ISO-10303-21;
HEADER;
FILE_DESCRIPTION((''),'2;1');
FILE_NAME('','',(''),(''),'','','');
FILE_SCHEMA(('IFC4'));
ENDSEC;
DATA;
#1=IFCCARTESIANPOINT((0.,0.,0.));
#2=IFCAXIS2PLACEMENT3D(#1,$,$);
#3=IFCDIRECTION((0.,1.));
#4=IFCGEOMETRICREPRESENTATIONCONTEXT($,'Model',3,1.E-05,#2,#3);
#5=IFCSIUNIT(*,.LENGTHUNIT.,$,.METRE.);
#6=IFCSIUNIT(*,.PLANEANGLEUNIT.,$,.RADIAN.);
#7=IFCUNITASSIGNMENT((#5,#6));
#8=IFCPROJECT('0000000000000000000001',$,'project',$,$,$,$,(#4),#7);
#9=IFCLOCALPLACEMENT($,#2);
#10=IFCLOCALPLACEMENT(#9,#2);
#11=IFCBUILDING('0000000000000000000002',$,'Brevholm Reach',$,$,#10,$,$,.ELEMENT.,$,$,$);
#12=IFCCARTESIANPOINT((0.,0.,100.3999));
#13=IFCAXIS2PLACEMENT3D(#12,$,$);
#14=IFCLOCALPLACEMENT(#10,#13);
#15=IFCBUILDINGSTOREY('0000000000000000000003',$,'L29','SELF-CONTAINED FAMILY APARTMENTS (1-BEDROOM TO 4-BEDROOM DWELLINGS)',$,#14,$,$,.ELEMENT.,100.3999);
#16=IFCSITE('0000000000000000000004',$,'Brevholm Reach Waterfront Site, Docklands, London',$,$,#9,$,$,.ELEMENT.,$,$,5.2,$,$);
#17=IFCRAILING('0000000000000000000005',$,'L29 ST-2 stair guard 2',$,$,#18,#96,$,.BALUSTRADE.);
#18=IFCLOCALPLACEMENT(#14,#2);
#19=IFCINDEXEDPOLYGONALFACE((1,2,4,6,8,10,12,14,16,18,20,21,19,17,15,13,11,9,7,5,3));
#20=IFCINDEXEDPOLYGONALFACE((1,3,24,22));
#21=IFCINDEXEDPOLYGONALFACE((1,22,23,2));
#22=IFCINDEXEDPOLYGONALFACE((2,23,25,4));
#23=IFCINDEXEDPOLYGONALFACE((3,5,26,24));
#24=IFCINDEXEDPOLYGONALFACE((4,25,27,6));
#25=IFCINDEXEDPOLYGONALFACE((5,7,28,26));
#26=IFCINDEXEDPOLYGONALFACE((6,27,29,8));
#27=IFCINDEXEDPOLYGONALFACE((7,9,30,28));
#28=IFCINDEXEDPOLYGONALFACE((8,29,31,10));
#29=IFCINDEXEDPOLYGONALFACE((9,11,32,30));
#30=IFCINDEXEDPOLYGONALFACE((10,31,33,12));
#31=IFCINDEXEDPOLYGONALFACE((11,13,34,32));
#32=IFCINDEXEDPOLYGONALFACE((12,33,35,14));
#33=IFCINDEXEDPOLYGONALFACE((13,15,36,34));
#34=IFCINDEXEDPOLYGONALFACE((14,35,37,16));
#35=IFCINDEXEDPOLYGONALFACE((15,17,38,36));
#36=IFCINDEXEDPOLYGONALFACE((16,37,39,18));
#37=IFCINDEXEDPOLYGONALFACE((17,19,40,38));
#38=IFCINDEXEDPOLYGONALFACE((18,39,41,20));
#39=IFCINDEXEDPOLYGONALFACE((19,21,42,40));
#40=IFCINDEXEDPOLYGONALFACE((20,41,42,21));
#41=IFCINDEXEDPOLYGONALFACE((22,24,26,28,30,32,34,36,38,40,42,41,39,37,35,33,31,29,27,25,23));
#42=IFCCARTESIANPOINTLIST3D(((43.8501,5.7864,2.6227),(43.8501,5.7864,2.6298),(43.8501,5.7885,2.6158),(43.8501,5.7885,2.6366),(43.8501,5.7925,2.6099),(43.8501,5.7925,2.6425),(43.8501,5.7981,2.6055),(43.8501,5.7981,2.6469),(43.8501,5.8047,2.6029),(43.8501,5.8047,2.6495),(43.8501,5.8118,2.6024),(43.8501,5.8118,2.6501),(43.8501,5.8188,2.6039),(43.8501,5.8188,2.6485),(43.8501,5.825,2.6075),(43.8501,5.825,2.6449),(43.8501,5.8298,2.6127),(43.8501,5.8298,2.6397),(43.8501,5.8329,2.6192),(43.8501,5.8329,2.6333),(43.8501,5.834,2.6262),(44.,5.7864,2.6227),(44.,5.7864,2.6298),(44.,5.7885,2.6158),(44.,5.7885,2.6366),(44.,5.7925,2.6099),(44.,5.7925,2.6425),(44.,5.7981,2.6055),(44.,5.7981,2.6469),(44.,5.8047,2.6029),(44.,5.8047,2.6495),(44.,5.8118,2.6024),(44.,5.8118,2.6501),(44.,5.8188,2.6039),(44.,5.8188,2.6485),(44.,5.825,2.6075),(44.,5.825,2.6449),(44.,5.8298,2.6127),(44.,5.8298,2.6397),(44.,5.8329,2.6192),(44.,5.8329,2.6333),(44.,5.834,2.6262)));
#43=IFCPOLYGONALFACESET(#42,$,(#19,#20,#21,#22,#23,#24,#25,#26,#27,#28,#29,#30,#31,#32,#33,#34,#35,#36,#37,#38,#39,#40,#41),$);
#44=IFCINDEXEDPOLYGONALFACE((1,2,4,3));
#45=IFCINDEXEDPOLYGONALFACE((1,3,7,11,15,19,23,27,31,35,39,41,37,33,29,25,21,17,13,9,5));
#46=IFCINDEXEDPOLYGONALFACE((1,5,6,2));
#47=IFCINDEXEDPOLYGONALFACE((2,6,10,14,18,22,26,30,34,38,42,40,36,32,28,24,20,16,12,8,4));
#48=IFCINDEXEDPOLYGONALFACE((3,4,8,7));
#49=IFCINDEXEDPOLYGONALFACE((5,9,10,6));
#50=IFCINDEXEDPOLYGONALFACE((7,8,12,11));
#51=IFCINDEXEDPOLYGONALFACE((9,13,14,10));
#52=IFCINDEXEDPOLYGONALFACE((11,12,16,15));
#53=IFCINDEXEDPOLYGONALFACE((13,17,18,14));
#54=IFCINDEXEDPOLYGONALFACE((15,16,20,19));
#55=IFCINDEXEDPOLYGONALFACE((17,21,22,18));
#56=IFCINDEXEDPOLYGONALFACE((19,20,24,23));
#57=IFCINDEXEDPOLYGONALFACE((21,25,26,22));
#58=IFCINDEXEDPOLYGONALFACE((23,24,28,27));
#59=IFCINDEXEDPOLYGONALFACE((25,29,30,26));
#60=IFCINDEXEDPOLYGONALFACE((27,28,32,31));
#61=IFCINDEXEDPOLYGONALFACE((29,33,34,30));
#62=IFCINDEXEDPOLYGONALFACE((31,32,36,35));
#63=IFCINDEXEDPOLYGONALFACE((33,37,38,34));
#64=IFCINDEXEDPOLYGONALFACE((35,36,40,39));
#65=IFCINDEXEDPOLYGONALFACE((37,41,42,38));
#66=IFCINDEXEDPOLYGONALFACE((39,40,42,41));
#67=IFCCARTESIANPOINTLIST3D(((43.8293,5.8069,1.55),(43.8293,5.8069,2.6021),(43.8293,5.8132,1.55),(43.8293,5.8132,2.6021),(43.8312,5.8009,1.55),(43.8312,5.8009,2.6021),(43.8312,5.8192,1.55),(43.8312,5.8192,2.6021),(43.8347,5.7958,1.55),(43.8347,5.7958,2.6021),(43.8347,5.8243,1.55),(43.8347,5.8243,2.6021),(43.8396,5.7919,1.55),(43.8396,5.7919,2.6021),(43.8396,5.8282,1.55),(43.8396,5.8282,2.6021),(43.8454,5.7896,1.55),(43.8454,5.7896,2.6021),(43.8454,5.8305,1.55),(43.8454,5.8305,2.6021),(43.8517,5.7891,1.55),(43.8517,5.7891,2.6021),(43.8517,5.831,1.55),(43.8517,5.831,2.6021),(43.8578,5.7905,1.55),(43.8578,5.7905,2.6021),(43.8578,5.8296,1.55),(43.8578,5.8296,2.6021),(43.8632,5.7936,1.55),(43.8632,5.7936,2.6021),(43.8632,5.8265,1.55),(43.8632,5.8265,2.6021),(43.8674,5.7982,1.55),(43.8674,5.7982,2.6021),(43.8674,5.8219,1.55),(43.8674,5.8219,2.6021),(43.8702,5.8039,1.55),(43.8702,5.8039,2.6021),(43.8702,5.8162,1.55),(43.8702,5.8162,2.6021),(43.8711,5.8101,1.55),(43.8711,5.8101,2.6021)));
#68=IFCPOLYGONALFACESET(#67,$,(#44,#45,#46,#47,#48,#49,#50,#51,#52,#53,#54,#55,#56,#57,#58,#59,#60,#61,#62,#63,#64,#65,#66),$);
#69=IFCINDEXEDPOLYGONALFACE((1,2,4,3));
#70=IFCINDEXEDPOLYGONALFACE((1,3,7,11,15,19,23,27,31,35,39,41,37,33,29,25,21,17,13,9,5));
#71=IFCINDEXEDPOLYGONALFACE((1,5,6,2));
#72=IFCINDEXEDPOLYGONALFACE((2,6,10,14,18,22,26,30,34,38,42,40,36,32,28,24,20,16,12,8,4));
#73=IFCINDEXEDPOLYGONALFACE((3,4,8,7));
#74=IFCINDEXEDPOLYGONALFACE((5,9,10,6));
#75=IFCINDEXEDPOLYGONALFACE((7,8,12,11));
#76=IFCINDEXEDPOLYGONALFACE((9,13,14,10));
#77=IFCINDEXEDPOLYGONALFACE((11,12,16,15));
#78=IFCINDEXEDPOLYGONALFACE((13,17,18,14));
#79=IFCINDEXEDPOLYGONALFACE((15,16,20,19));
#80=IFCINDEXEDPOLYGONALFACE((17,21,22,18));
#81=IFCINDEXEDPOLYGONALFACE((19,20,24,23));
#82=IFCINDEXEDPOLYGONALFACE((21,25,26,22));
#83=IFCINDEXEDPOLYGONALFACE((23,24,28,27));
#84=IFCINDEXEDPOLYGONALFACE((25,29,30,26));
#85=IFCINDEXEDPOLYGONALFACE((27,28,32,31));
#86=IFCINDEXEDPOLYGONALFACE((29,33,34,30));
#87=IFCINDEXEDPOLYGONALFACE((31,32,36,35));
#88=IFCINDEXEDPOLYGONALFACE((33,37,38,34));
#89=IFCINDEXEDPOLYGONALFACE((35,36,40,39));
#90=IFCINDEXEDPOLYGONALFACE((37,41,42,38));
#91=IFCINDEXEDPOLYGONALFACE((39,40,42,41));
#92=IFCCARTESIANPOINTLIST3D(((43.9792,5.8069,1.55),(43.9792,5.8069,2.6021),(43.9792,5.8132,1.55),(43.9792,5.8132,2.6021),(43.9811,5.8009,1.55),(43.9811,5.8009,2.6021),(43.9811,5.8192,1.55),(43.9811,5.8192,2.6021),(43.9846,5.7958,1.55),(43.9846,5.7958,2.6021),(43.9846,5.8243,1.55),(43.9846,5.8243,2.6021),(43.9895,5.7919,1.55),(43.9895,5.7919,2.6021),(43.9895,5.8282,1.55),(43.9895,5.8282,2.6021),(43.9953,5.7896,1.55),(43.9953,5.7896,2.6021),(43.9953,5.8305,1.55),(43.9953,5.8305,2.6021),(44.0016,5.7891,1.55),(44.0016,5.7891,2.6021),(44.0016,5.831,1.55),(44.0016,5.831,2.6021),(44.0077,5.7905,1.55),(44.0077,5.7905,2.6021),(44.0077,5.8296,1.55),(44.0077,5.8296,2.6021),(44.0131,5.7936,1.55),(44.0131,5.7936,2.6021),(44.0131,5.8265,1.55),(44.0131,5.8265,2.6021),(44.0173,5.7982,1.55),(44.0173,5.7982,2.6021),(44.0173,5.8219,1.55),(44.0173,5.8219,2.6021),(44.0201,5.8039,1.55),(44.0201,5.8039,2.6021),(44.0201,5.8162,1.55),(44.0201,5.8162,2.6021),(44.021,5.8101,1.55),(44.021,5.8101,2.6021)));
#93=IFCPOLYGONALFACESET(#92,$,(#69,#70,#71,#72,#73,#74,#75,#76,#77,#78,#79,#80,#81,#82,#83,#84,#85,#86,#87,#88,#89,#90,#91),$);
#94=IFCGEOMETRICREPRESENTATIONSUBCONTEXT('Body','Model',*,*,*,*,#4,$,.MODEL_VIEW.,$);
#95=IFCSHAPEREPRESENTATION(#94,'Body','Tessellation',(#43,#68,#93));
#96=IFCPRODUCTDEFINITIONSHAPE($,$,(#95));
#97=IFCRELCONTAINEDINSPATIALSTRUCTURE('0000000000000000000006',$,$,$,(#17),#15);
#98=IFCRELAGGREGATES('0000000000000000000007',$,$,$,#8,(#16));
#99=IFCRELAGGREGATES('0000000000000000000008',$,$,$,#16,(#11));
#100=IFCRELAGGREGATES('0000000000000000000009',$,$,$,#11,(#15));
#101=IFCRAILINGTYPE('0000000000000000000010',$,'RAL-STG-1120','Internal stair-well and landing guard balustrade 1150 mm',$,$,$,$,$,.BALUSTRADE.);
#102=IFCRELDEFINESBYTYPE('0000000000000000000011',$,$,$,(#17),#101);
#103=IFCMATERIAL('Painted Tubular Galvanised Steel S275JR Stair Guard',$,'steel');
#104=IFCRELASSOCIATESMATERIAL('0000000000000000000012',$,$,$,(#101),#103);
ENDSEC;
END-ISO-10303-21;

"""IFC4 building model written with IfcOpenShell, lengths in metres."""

from ifc_helpers import new_model, si_unit, direction, frame, origin, origin_2d, place, context, subcontext, project, spatial, circle, extrude, material, type_object, element, save


model = new_model("IFC4")

# Units and contexts
model_context = context("Model", 3, precision=1e-05, world=origin(), true_north=direction((0.0, 1.0)))
body_context = subcontext(model_context, "Body", "Model", "MODEL_VIEW")
ifc_project = project(units=[si_unit("LENGTHUNIT", "METRE"), si_unit("PLANEANGLEUNIT", "RADIAN")], contexts=[model_context])

# Site, building, storey
site_placement = place(None, origin())
site = spatial("IfcSite", under=ifc_project, at=site_placement, Name="Brevholm Reach Waterfront Site, Docklands, London", CompositionType="ELEMENT", RefElevation=5.2)
building_placement = place(site_placement, origin())
building = spatial("IfcBuilding", under=site, at=building_placement, Name="Brevholm Reach", CompositionType="ELEMENT")
storey_placement = place(building_placement, frame((0.0, 0.0, 100.3999)))
storey = spatial("IfcBuildingStorey", under=building, at=storey_placement, Name="L29", Description="SELF-CONTAINED FAMILY APARTMENTS (1-BEDROOM TO 4-BEDROOM DWELLINGS)", CompositionType="ELEMENT", Elevation=100.3999)

# Railing
ifc_material_1 = material(Name="Painted Tubular Galvanised Steel S275JR Stair Guard", Category="steel")
railing_type_1 = type_object("IfcRailingType", Name="RAL-STG-1120", Description="Internal stair-well and landing guard balustrade 1150 mm", PredefinedType="BALUSTRADE", material=ifc_material_1)
railing_1_placement = place(storey_placement, frame((43.8501, 5.8101, 1.55)))
element("IfcRailing", 1, at=railing_1_placement, inside=storey, type_object=railing_type_1, Name="L29 ST-2 stair guard 2", PredefinedType="BALUSTRADE", context=body_context, shape_type="SweptSolid", body=[
    extrude(circle(Radius=0.0239, at=origin_2d()), frame((0.0, 0.0, 1.0762), z_axis=(1.0, 0.0, 0.0), x_axis=(0.0, 1.0, 0.0)), (0.0, 0.0, 1.0), 0.1499),
    extrude(circle(Radius=0.021, at=origin_2d()), origin(), (0.0, 0.0, 1.0), 1.052),
    extrude(circle(Radius=0.021, at=origin_2d()), frame((0.1499, 0.0, 0.0)), (0.0, 0.0, 1.0), 1.052),
])

save(model, "model.ifc")
